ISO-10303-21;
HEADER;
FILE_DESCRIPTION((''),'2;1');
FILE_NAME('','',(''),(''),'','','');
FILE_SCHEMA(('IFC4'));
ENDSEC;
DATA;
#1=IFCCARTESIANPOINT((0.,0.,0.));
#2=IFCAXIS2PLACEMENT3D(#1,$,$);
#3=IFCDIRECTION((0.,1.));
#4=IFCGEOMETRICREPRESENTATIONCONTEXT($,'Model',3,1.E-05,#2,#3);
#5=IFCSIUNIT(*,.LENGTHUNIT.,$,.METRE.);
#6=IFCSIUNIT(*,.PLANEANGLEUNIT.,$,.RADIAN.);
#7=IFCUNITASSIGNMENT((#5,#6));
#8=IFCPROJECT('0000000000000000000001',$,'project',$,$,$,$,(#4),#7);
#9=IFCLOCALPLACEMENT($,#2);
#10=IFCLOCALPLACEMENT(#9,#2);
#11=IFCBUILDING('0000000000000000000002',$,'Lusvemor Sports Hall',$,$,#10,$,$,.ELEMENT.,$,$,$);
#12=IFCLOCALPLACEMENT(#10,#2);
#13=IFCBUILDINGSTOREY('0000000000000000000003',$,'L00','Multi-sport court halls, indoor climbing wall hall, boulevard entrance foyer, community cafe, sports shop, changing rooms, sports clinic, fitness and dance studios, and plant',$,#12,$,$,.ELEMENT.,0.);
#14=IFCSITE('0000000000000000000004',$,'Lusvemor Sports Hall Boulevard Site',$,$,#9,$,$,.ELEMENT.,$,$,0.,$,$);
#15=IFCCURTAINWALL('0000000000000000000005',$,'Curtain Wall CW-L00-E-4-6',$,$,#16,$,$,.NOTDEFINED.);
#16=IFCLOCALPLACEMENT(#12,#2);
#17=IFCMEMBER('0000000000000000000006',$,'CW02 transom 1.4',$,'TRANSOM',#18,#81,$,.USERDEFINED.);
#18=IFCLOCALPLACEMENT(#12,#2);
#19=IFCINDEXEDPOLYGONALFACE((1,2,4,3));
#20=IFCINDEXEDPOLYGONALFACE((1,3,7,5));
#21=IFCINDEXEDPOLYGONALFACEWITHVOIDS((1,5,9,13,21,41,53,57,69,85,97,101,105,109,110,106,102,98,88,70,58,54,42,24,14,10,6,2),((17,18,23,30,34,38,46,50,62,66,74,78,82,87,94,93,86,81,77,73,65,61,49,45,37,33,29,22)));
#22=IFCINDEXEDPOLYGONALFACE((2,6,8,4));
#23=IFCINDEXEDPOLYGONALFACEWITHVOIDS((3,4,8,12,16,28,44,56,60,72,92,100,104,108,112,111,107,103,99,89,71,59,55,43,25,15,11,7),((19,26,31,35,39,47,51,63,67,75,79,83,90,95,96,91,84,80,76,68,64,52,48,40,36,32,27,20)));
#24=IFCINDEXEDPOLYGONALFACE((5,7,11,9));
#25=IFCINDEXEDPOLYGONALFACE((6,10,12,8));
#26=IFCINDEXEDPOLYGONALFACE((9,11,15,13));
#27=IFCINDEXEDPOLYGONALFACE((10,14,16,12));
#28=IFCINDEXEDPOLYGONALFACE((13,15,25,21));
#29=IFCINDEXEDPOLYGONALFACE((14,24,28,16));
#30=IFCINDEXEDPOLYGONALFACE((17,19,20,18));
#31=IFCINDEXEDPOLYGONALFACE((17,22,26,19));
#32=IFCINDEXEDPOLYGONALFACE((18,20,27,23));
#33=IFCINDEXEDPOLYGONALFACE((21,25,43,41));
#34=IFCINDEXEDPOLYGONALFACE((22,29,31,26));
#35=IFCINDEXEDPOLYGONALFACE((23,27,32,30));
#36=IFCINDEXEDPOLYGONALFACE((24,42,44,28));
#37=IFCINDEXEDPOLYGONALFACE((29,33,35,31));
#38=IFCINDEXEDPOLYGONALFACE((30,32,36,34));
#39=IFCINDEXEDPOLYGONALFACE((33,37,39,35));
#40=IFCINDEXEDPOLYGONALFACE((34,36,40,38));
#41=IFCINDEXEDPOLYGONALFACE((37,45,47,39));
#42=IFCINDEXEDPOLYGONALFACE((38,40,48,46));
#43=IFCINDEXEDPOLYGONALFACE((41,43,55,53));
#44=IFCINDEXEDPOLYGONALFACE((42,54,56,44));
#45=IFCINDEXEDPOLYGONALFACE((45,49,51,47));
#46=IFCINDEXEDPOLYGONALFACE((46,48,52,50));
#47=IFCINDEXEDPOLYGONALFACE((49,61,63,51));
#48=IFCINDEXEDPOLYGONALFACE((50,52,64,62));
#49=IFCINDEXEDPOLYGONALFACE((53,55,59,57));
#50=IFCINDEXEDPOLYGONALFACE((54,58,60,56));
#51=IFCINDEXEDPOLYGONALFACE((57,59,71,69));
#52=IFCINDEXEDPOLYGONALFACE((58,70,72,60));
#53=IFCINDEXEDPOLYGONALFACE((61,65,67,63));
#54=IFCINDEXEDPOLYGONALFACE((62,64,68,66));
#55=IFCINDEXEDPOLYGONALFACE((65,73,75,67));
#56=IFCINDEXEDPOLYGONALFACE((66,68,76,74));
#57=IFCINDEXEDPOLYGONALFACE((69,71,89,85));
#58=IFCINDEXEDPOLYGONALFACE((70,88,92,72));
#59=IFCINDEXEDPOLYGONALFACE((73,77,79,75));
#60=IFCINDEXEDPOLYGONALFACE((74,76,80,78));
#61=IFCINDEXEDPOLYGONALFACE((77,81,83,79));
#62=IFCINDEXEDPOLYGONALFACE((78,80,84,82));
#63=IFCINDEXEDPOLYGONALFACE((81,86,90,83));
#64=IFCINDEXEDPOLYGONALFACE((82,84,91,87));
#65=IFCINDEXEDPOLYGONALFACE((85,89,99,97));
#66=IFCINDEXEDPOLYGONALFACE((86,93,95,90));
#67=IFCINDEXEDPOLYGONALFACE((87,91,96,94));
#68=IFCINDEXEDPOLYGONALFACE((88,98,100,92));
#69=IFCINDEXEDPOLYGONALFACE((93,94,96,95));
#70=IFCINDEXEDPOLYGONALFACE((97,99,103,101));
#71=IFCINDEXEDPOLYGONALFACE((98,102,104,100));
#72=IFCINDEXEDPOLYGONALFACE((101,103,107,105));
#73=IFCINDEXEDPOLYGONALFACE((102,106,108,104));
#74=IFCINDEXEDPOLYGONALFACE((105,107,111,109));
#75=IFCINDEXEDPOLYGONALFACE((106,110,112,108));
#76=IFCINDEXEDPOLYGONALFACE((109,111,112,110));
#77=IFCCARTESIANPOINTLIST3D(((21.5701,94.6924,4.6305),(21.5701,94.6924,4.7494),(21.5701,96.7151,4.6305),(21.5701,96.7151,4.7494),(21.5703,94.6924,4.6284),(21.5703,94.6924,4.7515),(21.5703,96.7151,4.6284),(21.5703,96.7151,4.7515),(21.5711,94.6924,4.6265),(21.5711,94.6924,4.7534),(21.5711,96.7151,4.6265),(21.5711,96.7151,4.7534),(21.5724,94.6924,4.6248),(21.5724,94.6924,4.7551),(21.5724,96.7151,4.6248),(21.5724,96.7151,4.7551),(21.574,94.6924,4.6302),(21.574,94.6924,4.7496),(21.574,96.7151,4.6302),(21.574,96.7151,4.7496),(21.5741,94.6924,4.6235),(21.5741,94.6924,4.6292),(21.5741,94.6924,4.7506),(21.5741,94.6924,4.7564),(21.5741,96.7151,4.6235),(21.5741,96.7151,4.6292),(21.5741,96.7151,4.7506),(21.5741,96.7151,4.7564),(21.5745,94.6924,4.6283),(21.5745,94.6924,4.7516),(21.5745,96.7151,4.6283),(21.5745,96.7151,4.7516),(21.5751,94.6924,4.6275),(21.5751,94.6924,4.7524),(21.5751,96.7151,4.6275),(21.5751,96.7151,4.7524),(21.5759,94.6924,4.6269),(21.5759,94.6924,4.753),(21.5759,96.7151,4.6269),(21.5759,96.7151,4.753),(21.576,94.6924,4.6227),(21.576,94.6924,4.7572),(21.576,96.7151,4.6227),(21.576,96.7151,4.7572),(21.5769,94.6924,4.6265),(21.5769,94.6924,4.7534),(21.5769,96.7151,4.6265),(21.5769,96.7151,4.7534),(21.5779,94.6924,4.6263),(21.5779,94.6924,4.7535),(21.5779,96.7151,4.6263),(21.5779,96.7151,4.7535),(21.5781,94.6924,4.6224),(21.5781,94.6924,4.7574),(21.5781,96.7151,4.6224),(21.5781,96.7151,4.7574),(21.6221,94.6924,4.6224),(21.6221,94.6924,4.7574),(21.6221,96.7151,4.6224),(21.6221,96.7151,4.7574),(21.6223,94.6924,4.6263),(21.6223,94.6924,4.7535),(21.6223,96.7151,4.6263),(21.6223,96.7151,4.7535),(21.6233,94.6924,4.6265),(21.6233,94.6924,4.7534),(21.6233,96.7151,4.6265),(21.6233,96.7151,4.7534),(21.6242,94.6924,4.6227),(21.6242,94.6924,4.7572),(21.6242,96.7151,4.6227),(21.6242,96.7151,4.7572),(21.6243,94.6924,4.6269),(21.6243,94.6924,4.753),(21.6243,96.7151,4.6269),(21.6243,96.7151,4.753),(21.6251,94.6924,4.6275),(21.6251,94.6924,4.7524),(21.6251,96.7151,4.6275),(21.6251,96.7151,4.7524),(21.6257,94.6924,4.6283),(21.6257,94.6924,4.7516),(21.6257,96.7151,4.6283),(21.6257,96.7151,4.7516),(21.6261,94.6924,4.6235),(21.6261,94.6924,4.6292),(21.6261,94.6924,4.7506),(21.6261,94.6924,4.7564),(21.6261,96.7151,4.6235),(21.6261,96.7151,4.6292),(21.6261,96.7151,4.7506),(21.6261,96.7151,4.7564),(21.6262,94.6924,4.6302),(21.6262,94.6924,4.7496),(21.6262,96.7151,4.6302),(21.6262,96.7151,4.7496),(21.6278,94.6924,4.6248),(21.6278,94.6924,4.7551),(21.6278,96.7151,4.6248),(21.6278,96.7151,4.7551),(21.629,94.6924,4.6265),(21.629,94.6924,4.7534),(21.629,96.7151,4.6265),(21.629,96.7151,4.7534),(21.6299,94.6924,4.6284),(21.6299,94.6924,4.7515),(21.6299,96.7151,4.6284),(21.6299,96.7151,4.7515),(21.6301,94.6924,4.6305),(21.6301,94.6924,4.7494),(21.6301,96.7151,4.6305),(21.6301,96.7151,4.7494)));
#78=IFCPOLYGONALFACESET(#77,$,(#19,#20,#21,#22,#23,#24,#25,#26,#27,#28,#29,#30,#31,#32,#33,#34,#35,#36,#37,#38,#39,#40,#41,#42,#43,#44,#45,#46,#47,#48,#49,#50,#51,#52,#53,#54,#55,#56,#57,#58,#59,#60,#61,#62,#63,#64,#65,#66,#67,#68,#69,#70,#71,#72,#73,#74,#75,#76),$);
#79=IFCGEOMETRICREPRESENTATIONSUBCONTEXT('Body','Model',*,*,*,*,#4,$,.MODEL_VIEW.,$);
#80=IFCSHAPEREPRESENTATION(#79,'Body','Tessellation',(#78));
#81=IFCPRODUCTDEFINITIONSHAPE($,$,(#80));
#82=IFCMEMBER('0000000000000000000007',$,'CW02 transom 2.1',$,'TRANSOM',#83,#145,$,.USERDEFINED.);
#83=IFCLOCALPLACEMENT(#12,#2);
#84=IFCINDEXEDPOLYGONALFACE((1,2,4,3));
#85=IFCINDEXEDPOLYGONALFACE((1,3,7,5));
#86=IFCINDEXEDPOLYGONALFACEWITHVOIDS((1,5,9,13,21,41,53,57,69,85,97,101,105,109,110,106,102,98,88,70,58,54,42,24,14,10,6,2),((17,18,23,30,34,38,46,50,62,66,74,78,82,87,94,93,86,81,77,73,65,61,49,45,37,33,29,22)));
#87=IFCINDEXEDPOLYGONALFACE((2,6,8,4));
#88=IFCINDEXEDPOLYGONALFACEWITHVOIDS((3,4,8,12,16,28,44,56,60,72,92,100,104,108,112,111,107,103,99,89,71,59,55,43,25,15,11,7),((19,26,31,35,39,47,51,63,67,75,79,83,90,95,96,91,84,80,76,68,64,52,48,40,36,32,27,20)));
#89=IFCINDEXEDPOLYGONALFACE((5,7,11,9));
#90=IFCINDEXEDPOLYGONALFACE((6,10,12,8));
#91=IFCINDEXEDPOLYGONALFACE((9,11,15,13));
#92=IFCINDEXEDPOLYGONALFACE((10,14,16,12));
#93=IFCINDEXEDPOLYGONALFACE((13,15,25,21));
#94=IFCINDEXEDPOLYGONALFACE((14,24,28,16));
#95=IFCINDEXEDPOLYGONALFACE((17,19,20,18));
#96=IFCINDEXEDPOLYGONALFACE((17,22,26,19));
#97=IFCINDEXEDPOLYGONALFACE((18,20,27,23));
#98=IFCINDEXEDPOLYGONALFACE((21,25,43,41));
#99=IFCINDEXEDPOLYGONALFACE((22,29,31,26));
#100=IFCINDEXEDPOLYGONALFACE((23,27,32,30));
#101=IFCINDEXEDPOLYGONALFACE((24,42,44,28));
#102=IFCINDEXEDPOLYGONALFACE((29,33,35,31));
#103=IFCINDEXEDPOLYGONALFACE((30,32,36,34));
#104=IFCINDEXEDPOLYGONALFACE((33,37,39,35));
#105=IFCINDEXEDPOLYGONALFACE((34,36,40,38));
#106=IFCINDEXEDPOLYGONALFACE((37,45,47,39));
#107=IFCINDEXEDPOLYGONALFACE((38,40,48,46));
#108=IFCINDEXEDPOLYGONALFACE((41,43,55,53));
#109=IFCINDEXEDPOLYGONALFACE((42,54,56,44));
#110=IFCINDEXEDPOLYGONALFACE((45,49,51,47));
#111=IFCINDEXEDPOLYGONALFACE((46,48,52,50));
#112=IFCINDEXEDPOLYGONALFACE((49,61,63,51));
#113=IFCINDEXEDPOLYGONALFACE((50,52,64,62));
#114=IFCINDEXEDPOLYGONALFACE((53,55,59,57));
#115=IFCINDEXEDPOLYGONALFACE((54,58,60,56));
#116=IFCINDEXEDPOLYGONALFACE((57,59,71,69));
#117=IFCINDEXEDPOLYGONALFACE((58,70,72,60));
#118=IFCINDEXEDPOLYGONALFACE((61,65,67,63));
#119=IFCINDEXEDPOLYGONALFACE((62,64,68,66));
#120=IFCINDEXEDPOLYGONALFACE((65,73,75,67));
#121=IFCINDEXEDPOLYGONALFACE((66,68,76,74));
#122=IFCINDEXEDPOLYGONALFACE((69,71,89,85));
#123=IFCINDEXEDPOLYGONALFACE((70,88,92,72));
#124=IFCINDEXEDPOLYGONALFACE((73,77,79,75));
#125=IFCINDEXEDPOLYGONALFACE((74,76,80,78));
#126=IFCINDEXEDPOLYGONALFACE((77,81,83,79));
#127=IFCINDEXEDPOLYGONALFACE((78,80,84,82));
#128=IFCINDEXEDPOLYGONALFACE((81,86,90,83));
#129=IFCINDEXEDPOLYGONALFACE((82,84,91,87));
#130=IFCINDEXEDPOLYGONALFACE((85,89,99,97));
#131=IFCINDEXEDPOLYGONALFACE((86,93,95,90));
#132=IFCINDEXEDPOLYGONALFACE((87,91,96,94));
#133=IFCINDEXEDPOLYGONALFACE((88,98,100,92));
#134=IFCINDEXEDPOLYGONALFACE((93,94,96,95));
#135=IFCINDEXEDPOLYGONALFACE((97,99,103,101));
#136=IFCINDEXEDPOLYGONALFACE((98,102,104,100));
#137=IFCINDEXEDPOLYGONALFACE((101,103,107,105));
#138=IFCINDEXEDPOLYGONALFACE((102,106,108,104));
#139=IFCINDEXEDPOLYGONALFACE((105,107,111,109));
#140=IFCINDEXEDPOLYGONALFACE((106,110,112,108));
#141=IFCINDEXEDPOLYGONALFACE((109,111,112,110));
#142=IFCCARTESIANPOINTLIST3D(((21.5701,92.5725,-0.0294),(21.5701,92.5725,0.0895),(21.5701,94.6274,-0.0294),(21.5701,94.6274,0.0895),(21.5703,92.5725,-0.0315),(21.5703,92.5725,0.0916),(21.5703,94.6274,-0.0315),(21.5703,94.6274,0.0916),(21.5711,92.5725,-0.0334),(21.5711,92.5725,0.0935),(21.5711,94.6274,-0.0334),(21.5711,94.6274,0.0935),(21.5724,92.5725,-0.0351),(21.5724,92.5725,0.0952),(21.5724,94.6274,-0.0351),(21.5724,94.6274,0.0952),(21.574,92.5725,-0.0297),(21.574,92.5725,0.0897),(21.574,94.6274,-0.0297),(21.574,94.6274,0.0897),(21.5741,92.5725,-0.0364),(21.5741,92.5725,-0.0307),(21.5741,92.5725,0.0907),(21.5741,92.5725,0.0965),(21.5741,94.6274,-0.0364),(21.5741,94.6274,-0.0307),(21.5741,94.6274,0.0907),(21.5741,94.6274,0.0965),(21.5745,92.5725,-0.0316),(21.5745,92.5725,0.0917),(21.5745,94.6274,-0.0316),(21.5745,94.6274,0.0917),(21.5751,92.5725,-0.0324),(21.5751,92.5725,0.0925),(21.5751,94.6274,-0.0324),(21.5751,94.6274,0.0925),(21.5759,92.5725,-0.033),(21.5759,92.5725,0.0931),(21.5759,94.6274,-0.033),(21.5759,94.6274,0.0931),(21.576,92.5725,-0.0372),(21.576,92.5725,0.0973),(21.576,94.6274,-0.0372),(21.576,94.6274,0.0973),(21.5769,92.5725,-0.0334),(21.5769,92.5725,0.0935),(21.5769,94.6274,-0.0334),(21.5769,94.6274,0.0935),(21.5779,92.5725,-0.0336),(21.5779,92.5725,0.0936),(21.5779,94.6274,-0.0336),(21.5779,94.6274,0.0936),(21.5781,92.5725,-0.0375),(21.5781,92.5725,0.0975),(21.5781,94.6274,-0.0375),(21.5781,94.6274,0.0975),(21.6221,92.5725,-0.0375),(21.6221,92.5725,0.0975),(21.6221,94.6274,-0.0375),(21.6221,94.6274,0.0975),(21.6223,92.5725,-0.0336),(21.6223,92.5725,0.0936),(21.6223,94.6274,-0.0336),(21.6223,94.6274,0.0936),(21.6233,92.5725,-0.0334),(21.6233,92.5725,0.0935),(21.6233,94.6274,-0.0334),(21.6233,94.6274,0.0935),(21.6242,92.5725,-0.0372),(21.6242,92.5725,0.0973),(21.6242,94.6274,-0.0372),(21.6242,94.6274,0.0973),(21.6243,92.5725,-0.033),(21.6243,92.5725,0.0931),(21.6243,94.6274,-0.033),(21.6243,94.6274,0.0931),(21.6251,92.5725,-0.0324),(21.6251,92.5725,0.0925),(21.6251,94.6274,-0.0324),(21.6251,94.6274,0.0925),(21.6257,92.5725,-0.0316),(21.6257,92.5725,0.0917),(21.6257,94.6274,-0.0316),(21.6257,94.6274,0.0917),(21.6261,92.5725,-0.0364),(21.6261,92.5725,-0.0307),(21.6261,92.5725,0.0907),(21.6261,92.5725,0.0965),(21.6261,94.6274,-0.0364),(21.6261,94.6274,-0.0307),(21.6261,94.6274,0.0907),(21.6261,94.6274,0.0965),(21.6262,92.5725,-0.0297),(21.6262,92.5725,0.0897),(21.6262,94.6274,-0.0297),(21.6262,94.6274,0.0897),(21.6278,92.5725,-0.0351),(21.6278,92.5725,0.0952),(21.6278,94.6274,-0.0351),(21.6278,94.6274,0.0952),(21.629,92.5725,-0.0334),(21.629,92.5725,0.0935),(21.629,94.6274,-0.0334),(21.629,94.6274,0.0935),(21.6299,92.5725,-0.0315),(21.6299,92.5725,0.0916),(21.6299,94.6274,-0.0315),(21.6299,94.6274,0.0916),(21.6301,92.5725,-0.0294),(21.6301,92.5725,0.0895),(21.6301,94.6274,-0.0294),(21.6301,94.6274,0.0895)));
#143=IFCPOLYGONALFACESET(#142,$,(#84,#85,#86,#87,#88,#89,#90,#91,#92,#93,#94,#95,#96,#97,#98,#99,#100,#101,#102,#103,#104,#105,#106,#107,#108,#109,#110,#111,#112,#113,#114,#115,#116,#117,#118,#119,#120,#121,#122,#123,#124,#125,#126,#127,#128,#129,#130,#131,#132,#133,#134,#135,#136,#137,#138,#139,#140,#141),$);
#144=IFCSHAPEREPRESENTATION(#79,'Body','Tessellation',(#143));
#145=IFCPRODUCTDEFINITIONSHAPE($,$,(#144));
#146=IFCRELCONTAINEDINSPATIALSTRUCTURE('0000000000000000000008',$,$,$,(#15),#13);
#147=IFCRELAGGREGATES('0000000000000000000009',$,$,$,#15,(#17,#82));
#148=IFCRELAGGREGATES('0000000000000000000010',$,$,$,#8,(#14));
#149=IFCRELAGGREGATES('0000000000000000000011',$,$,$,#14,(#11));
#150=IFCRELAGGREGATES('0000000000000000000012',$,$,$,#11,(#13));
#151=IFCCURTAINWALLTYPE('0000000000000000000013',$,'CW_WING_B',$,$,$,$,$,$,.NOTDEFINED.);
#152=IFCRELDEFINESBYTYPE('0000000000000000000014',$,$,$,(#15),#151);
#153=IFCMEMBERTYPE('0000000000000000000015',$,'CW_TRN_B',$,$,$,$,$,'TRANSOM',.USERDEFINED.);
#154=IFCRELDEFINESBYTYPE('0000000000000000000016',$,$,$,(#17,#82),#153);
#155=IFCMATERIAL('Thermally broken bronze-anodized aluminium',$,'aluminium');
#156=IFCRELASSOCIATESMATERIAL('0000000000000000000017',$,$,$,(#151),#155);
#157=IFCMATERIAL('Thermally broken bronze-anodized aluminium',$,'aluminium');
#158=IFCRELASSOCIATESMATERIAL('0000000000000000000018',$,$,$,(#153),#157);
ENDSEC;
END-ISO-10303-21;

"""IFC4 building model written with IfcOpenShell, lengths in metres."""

from ifc_helpers import new_model, si_unit, direction, frame, origin, origin_2d, place, context, subcontext, project, spatial, hollow_rectangle, extrude, material, material_profile, profile_set, type_object, element, aggregate, save


model = new_model("IFC4")

# Units and contexts
model_context = context("Model", 3, precision=1e-05, world=origin(), true_north=direction((0.0, 1.0)))
body_context = subcontext(model_context, "Body", "Model", "MODEL_VIEW")
ifc_project = project(units=[si_unit("LENGTHUNIT", "METRE"), si_unit("PLANEANGLEUNIT", "RADIAN")], contexts=[model_context])

# Site, building, storey
site_placement = place(None, origin())
site = spatial("IfcSite", under=ifc_project, at=site_placement, Name="Lusvemor Sports Hall Boulevard Site", CompositionType="ELEMENT", RefElevation=0.0)
building_placement = place(site_placement, origin())
building = spatial("IfcBuilding", under=site, at=building_placement, Name="Lusvemor Sports Hall", CompositionType="ELEMENT")
storey_placement = place(building_placement, origin())
storey = spatial("IfcBuildingStorey", under=building, at=storey_placement, Name="L00", Description="Multi-sport court halls, indoor climbing wall hall, boulevard entrance foyer, community cafe, sports shop, changing rooms, sports clinic, fitness and dance studios, and plant", CompositionType="ELEMENT", Elevation=0.0)

# Curtain wall, members
ifc_material_1 = material(Name="Thermally broken bronze-anodized aluminium", Category="aluminium")
curtain_wall_type = type_object("IfcCurtainWallType", Name="CW_WING_B", PredefinedType="NOTDEFINED", material=ifc_material_1)
curtain_wall_placement = place(storey_placement, origin())
curtain_wall = element("IfcCurtainWall", 1, at=curtain_wall_placement, inside=storey, type_object=curtain_wall_type, Name="Curtain Wall CW-L00-E-4-6", PredefinedType="NOTDEFINED")
ifc_material_2 = material(Name="Thermally broken bronze-anodized aluminium", Category="aluminium")
ifc_material_profile_1 = material_profile(ifc_material_2, hollow_rectangle(XDim=0.0601, YDim=0.135, WallThickness=0.0039, InnerFilletRadius=0.0039, OuterFilletRadius=0.0081, at=origin_2d()), Name="CWTRN135x60x4")
ifc_profile_set_1 = profile_set([ifc_material_profile_1], Name="Thermally broken bronze-anodized aluminium")
member_type_1 = type_object("IfcMemberType", Name="CW_TRN_B", ElementType="TRANSOM", PredefinedType="USERDEFINED", material=ifc_profile_set_1)
member_1_placement = place(storey_placement, frame((21.6001, 96.7151, 4.6899), z_axis=(0.0, -1.0, 0.0), x_axis=(1.0, 0.0, 0.0)))
member_1 = element("IfcMember", 2, at=member_1_placement, type_object=member_type_1, Name="CW02 transom 1.4", ObjectType="TRANSOM", PredefinedType="USERDEFINED", context=body_context, shape_type="SweptSolid", body=[
    extrude(hollow_rectangle(XDim=0.0601, YDim=0.135, WallThickness=0.0039, InnerFilletRadius=0.0039, OuterFilletRadius=0.0081, at=origin_2d()), origin(), (0.0, 0.0, 1.0), 2.0227),
])
member_2_placement = place(storey_placement, frame((21.6001, 94.6274, 0.03), z_axis=(0.0, -1.0, 0.0), x_axis=(1.0, 0.0, 0.0)))
member_2 = element("IfcMember", 3, at=member_2_placement, type_object=member_type_1, Name="CW02 transom 2.1", ObjectType="TRANSOM", PredefinedType="USERDEFINED", context=body_context, shape_type="SweptSolid", body=[
    extrude(hollow_rectangle(XDim=0.0601, YDim=0.135, WallThickness=0.0039, InnerFilletRadius=0.0039, OuterFilletRadius=0.0081, at=origin_2d()), origin(), (0.0, 0.0, 1.0), 2.0549),
])
aggregate(curtain_wall, [member_1, member_2])

save(model, "model.ifc")
